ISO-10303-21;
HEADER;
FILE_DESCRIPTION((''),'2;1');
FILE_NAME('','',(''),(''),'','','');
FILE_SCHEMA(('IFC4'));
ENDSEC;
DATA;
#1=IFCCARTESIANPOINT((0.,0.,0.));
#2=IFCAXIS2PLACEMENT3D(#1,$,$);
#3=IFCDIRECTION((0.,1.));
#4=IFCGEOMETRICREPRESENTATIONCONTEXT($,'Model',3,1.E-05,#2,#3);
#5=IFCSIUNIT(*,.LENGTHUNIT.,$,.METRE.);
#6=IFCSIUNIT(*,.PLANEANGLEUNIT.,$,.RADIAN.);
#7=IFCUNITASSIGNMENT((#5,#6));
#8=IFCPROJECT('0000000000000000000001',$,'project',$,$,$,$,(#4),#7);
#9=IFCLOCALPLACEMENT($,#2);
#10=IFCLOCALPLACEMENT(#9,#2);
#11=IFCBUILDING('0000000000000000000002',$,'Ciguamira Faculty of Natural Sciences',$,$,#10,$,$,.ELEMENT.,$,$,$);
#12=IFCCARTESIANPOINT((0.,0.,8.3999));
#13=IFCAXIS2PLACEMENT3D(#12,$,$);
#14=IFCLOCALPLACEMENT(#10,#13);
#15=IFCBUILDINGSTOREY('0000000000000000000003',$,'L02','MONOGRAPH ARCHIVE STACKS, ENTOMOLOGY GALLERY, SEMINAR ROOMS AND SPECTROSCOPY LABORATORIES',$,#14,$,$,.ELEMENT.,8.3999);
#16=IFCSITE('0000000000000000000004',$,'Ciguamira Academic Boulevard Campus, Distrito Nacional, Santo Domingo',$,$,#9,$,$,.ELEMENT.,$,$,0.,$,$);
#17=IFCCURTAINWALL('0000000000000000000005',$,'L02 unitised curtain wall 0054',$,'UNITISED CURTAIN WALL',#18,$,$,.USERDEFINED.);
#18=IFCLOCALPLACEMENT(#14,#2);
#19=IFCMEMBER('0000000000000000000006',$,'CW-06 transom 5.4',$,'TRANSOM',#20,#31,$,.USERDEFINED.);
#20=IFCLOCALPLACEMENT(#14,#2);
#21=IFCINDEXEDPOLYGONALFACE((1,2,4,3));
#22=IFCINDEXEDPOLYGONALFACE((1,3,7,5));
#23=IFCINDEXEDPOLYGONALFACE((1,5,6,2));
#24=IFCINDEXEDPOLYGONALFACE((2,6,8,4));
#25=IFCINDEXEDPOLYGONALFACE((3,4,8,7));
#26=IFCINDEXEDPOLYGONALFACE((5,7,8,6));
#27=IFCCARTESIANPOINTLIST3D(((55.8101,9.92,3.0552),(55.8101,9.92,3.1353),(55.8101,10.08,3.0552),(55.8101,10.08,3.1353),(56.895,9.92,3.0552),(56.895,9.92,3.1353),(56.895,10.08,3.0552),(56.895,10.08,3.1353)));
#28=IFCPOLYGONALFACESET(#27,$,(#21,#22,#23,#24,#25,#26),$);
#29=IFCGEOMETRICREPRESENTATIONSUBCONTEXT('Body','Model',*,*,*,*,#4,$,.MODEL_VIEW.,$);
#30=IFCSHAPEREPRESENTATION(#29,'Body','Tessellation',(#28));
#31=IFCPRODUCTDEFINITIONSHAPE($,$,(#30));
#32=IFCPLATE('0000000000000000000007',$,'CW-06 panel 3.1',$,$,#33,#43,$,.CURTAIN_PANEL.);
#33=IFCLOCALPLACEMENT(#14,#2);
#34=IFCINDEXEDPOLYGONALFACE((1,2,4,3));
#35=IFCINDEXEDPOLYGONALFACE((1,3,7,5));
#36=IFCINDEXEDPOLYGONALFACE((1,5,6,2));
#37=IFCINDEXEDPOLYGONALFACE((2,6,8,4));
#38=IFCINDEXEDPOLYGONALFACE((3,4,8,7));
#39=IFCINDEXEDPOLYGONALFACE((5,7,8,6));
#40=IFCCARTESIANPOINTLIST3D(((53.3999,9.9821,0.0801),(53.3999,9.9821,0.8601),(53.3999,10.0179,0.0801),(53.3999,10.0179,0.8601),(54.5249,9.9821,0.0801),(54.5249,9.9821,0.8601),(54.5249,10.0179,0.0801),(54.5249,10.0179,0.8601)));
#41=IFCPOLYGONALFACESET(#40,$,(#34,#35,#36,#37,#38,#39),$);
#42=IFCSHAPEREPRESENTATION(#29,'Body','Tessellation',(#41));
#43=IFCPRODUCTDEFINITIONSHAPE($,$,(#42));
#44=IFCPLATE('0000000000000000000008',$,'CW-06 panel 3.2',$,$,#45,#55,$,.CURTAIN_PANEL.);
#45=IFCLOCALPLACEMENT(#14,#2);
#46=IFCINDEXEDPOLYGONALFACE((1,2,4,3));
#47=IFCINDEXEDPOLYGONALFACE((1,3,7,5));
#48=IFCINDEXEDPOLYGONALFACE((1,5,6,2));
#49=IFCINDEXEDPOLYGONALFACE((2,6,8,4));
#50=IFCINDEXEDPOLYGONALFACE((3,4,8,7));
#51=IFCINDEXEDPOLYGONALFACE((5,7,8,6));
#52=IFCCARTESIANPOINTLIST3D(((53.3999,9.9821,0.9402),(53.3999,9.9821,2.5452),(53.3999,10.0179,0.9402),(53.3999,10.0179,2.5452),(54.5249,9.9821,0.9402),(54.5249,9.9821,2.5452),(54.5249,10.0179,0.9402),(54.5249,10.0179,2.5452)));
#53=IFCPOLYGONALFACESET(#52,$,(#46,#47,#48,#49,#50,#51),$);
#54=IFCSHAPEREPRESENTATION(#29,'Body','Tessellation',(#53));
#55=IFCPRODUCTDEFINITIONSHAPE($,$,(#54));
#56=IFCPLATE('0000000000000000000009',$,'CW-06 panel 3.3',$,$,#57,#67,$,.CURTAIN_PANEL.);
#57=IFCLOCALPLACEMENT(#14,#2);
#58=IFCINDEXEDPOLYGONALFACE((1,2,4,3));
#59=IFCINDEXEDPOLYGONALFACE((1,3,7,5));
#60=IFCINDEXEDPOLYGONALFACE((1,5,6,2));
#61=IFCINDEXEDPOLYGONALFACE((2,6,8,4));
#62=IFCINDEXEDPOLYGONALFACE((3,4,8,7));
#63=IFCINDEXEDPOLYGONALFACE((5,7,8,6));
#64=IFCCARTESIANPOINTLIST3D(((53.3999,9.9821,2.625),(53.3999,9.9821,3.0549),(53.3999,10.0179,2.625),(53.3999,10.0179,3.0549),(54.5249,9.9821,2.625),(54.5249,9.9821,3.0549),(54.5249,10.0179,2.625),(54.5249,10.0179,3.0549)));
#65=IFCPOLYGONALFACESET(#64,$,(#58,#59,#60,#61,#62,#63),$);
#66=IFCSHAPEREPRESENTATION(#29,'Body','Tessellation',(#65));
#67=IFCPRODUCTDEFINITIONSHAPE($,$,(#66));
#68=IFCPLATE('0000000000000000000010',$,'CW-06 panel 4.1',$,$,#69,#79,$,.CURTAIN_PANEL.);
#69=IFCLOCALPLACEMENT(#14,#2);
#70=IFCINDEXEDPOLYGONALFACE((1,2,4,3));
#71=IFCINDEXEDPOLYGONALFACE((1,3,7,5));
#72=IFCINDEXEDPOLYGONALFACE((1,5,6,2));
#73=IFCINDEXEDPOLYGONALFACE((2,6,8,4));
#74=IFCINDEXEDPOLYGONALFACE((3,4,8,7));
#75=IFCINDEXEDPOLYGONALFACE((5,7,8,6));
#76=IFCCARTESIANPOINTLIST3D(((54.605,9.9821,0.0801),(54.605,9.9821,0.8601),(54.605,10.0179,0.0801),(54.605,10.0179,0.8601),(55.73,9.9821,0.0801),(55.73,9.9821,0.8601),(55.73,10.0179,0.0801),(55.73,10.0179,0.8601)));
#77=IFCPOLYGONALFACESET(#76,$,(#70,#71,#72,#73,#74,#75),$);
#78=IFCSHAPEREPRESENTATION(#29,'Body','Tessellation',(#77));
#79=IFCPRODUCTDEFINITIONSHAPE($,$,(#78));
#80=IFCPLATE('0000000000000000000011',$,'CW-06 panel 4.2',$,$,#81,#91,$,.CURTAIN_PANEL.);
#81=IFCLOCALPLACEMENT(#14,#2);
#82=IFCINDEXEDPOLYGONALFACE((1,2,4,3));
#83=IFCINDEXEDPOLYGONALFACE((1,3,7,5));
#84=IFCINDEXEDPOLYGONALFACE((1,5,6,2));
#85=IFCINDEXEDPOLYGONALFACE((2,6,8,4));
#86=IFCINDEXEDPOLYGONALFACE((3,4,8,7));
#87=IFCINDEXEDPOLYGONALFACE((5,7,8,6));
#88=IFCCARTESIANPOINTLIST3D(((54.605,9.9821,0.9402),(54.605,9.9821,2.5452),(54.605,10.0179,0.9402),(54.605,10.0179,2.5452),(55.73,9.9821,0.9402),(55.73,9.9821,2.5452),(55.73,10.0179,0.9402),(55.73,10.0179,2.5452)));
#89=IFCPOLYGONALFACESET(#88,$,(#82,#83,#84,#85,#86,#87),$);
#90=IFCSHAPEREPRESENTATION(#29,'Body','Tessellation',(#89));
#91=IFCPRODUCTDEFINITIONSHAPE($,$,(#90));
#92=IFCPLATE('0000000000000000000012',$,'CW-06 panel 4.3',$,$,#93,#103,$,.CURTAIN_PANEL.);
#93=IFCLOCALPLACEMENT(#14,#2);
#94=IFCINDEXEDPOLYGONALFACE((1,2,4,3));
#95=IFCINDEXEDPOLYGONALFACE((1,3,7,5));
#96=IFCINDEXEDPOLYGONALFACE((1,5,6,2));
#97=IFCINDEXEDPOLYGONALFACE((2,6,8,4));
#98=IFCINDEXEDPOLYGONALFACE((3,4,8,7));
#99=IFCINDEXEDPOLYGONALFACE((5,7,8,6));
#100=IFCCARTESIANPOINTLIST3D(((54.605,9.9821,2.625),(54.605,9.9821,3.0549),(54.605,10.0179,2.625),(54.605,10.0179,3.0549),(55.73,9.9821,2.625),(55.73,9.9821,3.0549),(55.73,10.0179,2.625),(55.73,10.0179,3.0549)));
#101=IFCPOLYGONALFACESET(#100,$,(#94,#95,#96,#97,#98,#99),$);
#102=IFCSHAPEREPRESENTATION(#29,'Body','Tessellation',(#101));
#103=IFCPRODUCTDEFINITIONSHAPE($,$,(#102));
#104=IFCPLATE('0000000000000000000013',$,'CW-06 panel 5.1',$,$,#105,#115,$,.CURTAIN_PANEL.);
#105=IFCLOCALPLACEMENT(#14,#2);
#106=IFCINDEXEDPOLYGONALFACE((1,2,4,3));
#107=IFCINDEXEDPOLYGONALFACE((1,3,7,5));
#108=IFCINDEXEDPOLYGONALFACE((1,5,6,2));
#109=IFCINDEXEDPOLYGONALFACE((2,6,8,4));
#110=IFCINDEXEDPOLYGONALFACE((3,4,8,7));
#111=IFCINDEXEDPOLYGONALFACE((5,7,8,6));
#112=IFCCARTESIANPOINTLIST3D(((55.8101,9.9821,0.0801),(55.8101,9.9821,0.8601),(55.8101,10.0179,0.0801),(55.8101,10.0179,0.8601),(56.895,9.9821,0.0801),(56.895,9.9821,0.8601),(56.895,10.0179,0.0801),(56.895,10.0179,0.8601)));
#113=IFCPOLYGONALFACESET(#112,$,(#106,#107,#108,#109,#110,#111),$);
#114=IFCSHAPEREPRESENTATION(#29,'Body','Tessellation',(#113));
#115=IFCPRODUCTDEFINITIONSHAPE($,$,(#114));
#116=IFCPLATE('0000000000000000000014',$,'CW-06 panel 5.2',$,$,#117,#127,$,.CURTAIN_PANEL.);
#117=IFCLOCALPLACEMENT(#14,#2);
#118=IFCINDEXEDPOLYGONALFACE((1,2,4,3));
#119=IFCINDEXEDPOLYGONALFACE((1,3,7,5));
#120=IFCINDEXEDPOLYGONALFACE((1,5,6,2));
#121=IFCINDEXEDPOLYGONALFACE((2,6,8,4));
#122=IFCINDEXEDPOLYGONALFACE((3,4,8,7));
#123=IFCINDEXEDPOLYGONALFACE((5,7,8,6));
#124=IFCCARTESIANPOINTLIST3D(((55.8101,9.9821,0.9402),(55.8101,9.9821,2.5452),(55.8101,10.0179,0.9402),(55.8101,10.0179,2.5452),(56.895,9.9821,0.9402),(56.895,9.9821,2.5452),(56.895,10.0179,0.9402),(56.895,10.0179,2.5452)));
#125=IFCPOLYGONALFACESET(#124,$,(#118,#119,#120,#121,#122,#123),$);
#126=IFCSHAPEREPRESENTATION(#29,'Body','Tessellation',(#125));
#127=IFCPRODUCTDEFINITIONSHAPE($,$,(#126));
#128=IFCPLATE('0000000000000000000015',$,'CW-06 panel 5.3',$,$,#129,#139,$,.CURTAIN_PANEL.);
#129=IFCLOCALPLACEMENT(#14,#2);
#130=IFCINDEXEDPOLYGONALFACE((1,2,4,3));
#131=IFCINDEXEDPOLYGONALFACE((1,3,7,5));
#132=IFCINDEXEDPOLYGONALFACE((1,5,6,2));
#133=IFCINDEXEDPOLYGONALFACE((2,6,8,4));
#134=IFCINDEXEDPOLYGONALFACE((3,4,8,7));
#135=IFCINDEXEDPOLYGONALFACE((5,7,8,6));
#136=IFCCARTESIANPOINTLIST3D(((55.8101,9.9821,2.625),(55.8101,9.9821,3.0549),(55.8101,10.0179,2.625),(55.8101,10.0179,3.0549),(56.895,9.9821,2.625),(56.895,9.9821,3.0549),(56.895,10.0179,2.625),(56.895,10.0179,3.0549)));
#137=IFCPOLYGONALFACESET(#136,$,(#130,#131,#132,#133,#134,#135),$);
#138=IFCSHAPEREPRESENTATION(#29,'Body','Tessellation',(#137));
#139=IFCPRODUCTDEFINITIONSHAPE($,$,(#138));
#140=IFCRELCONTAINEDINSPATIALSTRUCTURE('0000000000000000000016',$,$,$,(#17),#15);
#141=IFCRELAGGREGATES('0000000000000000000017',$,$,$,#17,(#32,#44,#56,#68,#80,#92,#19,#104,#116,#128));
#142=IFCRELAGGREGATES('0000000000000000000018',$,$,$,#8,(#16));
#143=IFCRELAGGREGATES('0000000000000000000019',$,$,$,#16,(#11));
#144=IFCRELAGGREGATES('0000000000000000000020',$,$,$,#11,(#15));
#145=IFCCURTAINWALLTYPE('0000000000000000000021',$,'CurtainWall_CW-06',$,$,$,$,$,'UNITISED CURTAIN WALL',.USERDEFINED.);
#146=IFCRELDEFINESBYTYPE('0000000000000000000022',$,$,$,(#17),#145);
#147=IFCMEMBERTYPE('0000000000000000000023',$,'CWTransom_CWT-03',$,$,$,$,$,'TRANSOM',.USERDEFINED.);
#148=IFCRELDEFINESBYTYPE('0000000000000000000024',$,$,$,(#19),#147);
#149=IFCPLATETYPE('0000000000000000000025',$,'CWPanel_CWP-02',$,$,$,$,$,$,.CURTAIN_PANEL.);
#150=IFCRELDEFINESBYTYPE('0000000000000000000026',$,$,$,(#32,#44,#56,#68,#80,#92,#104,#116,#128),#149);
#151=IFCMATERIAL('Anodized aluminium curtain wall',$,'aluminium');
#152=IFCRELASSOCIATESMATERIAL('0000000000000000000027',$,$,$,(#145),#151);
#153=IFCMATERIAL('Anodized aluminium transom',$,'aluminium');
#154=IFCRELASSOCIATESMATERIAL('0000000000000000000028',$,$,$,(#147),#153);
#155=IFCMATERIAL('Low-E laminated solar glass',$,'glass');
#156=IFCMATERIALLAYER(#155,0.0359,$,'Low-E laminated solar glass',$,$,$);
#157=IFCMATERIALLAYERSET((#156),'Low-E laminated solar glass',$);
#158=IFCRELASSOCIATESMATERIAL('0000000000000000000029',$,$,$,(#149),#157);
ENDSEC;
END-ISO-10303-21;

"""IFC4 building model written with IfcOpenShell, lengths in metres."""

from ifc_helpers import new_model, si_unit, direction, frame, origin, origin_2d, place, context, subcontext, project, spatial, rectangle, extrude, material, layer, layer_set, material_profile, profile_set, type_object, element, aggregate, save


model = new_model("IFC4")

# Units and contexts
model_context = context("Model", 3, precision=1e-05, world=origin(), true_north=direction((0.0, 1.0)))
body_context = subcontext(model_context, "Body", "Model", "MODEL_VIEW")
ifc_project = project(units=[si_unit("LENGTHUNIT", "METRE"), si_unit("PLANEANGLEUNIT", "RADIAN")], contexts=[model_context])

# Site, building, storey
site_placement = place(None, origin())
site = spatial("IfcSite", under=ifc_project, at=site_placement, Name="Ciguamira Academic Boulevard Campus, Distrito Nacional, Santo Domingo", CompositionType="ELEMENT", RefElevation=0.0)
building_placement = place(site_placement, origin())
building = spatial("IfcBuilding", under=site, at=building_placement, Name="Ciguamira Faculty of Natural Sciences", CompositionType="ELEMENT")
storey_placement = place(building_placement, frame((0.0, 0.0, 8.3999)))
storey = spatial("IfcBuildingStorey", under=building, at=storey_placement, Name="L02", Description="MONOGRAPH ARCHIVE STACKS, ENTOMOLOGY GALLERY, SEMINAR ROOMS AND SPECTROSCOPY LABORATORIES", CompositionType="ELEMENT", Elevation=8.3999)

# Curtain wall
ifc_material_1 = material(Name="Anodized aluminium curtain wall", Category="aluminium")
curtain_wall_type = type_object("IfcCurtainWallType", Name="CurtainWall_CW-06", ElementType="UNITISED CURTAIN WALL", PredefinedType="USERDEFINED", material=ifc_material_1)
curtain_wall_1_placement = place(storey_placement, origin())
curtain_wall_1 = element("IfcCurtainWall", 1, at=curtain_wall_1_placement, inside=storey, type_object=curtain_wall_type, Name="L02 unitised curtain wall 0054", ObjectType="UNITISED CURTAIN WALL", PredefinedType="USERDEFINED")

# Member
ifc_material_2 = material(Name="Anodized aluminium transom", Category="aluminium")
ifc_material_profile_1 = material_profile(ifc_material_2, rectangle(XDim=0.0801, YDim=0.1599, at=origin_2d()), Name="ALU-TRN-80X160")
ifc_profile_set_1 = profile_set([ifc_material_profile_1], Name="Anodized aluminium transom")
member_type_1 = type_object("IfcMemberType", Name="CWTransom_CWT-03", ElementType="TRANSOM", PredefinedType="USERDEFINED", material=ifc_profile_set_1)
member_1_placement = place(storey_placement, frame((55.8101, 10.0, 3.0952), z_axis=(1.0, 0.0, 0.0), x_axis=(0.0, 0.0, 1.0)))
member_1 = element("IfcMember", 2, at=member_1_placement, type_object=member_type_1, Name="CW-06 transom 5.4", ObjectType="TRANSOM", PredefinedType="USERDEFINED", context=body_context, shape_type="SweptSolid", body=[
    extrude(rectangle(XDim=0.0801, YDim=0.1599, at=origin_2d()), origin(), (0.0, 0.0, 1.0), 1.085),
])

# Plates
ifc_material_3 = material(Name="Low-E laminated solar glass", Category="glass")
ifc_layer = layer(ifc_material_3, 0.0359, Name="Low-E laminated solar glass")
ifc_layer_set = layer_set([ifc_layer], Name="Low-E laminated solar glass")
plate_type = type_object("IfcPlateType", Name="CWPanel_CWP-02", PredefinedType="CURTAIN_PANEL", material=ifc_layer_set)
plate_1_placement = place(storey_placement, frame((53.9624, 10.0, 0.0801), z_axis=(0.0, 0.0, 1.0), x_axis=(1.0, 0.0, 0.0)))
plate_1 = element("IfcPlate", 3, at=plate_1_placement, type_object=plate_type, Name="CW-06 panel 3.1", PredefinedType="CURTAIN_PANEL", context=body_context, shape_type="SweptSolid", body=[
    extrude(rectangle(XDim=1.125, YDim=0.0359, at=origin_2d()), origin(), (0.0, 0.0, 1.0), 0.78),
])
plate_2_placement = place(storey_placement, frame((53.9624, 10.0, 0.9402), z_axis=(0.0, 0.0, 1.0), x_axis=(1.0, 0.0, 0.0)))
plate_2 = element("IfcPlate", 4, at=plate_2_placement, type_object=plate_type, Name="CW-06 panel 3.2", PredefinedType="CURTAIN_PANEL", context=body_context, shape_type="SweptSolid", body=[
    extrude(rectangle(XDim=1.125, YDim=0.0359, at=origin_2d()), origin(), (0.0, 0.0, 1.0), 1.605),
])
plate_3_placement = place(storey_placement, frame((53.9624, 10.0, 2.625), z_axis=(0.0, 0.0, 1.0), x_axis=(1.0, 0.0, 0.0)))
plate_3 = element("IfcPlate", 5, at=plate_3_placement, type_object=plate_type, Name="CW-06 panel 3.3", PredefinedType="CURTAIN_PANEL", context=body_context, shape_type="SweptSolid", body=[
    extrude(rectangle(XDim=1.125, YDim=0.0359, at=origin_2d()), origin(), (0.0, 0.0, 1.0), 0.4299),
])
plate_4_placement = place(storey_placement, frame((55.1675, 10.0, 0.0801), z_axis=(0.0, 0.0, 1.0), x_axis=(1.0, 0.0, 0.0)))
plate_4 = element("IfcPlate", 6, at=plate_4_placement, type_object=plate_type, Name="CW-06 panel 4.1", PredefinedType="CURTAIN_PANEL", context=body_context, shape_type="SweptSolid", body=[
    extrude(rectangle(XDim=1.125, YDim=0.0359, at=origin_2d()), origin(), (0.0, 0.0, 1.0), 0.78),
])
plate_5_placement = place(storey_placement, frame((55.1675, 10.0, 0.9402), z_axis=(0.0, 0.0, 1.0), x_axis=(1.0, 0.0, 0.0)))
plate_5 = element("IfcPlate", 7, at=plate_5_placement, type_object=plate_type, Name="CW-06 panel 4.2", PredefinedType="CURTAIN_PANEL", context=body_context, shape_type="SweptSolid", body=[
    extrude(rectangle(XDim=1.125, YDim=0.0359, at=origin_2d()), origin(), (0.0, 0.0, 1.0), 1.605),
])
plate_6_placement = place(storey_placement, frame((55.1675, 10.0, 2.625), z_axis=(0.0, 0.0, 1.0), x_axis=(1.0, 0.0, 0.0)))
plate_6 = element("IfcPlate", 8, at=plate_6_placement, type_object=plate_type, Name="CW-06 panel 4.3", PredefinedType="CURTAIN_PANEL", context=body_context, shape_type="SweptSolid", body=[
    extrude(rectangle(XDim=1.125, YDim=0.0359, at=origin_2d()), origin(), (0.0, 0.0, 1.0), 0.4299),
])
plate_7_placement = place(storey_placement, frame((56.3525, 10.0, 0.0801), z_axis=(0.0, 0.0, 1.0), x_axis=(1.0, 0.0, 0.0)))
plate_7 = element("IfcPlate", 9, at=plate_7_placement, type_object=plate_type, Name="CW-06 panel 5.1", PredefinedType="CURTAIN_PANEL", context=body_context, shape_type="SweptSolid", body=[
    extrude(rectangle(XDim=1.085, YDim=0.0359, at=origin_2d()), origin(), (0.0, 0.0, 1.0), 0.78),
])
plate_8_placement = place(storey_placement, frame((56.3525, 10.0, 0.9402), z_axis=(0.0, 0.0, 1.0), x_axis=(1.0, 0.0, 0.0)))
plate_8 = element("IfcPlate", 10, at=plate_8_placement, type_object=plate_type, Name="CW-06 panel 5.2", PredefinedType="CURTAIN_PANEL", context=body_context, shape_type="SweptSolid", body=[
    extrude(rectangle(XDim=1.085, YDim=0.0359, at=origin_2d()), origin(), (0.0, 0.0, 1.0), 1.605),
])
plate_9_placement = place(storey_placement, frame((56.3525, 10.0, 2.625), z_axis=(0.0, 0.0, 1.0), x_axis=(1.0, 0.0, 0.0)))
plate_9 = element("IfcPlate", 11, at=plate_9_placement, type_object=plate_type, Name="CW-06 panel 5.3", PredefinedType="CURTAIN_PANEL", context=body_context, shape_type="SweptSolid", body=[
    extrude(rectangle(XDim=1.085, YDim=0.0359, at=origin_2d()), origin(), (0.0, 0.0, 1.0), 0.4299),
])
aggregate(curtain_wall_1, [plate_1, plate_2, plate_3, plate_4, plate_5, plate_6, member_1, plate_7, plate_8, plate_9])

save(model, "model.ifc")
